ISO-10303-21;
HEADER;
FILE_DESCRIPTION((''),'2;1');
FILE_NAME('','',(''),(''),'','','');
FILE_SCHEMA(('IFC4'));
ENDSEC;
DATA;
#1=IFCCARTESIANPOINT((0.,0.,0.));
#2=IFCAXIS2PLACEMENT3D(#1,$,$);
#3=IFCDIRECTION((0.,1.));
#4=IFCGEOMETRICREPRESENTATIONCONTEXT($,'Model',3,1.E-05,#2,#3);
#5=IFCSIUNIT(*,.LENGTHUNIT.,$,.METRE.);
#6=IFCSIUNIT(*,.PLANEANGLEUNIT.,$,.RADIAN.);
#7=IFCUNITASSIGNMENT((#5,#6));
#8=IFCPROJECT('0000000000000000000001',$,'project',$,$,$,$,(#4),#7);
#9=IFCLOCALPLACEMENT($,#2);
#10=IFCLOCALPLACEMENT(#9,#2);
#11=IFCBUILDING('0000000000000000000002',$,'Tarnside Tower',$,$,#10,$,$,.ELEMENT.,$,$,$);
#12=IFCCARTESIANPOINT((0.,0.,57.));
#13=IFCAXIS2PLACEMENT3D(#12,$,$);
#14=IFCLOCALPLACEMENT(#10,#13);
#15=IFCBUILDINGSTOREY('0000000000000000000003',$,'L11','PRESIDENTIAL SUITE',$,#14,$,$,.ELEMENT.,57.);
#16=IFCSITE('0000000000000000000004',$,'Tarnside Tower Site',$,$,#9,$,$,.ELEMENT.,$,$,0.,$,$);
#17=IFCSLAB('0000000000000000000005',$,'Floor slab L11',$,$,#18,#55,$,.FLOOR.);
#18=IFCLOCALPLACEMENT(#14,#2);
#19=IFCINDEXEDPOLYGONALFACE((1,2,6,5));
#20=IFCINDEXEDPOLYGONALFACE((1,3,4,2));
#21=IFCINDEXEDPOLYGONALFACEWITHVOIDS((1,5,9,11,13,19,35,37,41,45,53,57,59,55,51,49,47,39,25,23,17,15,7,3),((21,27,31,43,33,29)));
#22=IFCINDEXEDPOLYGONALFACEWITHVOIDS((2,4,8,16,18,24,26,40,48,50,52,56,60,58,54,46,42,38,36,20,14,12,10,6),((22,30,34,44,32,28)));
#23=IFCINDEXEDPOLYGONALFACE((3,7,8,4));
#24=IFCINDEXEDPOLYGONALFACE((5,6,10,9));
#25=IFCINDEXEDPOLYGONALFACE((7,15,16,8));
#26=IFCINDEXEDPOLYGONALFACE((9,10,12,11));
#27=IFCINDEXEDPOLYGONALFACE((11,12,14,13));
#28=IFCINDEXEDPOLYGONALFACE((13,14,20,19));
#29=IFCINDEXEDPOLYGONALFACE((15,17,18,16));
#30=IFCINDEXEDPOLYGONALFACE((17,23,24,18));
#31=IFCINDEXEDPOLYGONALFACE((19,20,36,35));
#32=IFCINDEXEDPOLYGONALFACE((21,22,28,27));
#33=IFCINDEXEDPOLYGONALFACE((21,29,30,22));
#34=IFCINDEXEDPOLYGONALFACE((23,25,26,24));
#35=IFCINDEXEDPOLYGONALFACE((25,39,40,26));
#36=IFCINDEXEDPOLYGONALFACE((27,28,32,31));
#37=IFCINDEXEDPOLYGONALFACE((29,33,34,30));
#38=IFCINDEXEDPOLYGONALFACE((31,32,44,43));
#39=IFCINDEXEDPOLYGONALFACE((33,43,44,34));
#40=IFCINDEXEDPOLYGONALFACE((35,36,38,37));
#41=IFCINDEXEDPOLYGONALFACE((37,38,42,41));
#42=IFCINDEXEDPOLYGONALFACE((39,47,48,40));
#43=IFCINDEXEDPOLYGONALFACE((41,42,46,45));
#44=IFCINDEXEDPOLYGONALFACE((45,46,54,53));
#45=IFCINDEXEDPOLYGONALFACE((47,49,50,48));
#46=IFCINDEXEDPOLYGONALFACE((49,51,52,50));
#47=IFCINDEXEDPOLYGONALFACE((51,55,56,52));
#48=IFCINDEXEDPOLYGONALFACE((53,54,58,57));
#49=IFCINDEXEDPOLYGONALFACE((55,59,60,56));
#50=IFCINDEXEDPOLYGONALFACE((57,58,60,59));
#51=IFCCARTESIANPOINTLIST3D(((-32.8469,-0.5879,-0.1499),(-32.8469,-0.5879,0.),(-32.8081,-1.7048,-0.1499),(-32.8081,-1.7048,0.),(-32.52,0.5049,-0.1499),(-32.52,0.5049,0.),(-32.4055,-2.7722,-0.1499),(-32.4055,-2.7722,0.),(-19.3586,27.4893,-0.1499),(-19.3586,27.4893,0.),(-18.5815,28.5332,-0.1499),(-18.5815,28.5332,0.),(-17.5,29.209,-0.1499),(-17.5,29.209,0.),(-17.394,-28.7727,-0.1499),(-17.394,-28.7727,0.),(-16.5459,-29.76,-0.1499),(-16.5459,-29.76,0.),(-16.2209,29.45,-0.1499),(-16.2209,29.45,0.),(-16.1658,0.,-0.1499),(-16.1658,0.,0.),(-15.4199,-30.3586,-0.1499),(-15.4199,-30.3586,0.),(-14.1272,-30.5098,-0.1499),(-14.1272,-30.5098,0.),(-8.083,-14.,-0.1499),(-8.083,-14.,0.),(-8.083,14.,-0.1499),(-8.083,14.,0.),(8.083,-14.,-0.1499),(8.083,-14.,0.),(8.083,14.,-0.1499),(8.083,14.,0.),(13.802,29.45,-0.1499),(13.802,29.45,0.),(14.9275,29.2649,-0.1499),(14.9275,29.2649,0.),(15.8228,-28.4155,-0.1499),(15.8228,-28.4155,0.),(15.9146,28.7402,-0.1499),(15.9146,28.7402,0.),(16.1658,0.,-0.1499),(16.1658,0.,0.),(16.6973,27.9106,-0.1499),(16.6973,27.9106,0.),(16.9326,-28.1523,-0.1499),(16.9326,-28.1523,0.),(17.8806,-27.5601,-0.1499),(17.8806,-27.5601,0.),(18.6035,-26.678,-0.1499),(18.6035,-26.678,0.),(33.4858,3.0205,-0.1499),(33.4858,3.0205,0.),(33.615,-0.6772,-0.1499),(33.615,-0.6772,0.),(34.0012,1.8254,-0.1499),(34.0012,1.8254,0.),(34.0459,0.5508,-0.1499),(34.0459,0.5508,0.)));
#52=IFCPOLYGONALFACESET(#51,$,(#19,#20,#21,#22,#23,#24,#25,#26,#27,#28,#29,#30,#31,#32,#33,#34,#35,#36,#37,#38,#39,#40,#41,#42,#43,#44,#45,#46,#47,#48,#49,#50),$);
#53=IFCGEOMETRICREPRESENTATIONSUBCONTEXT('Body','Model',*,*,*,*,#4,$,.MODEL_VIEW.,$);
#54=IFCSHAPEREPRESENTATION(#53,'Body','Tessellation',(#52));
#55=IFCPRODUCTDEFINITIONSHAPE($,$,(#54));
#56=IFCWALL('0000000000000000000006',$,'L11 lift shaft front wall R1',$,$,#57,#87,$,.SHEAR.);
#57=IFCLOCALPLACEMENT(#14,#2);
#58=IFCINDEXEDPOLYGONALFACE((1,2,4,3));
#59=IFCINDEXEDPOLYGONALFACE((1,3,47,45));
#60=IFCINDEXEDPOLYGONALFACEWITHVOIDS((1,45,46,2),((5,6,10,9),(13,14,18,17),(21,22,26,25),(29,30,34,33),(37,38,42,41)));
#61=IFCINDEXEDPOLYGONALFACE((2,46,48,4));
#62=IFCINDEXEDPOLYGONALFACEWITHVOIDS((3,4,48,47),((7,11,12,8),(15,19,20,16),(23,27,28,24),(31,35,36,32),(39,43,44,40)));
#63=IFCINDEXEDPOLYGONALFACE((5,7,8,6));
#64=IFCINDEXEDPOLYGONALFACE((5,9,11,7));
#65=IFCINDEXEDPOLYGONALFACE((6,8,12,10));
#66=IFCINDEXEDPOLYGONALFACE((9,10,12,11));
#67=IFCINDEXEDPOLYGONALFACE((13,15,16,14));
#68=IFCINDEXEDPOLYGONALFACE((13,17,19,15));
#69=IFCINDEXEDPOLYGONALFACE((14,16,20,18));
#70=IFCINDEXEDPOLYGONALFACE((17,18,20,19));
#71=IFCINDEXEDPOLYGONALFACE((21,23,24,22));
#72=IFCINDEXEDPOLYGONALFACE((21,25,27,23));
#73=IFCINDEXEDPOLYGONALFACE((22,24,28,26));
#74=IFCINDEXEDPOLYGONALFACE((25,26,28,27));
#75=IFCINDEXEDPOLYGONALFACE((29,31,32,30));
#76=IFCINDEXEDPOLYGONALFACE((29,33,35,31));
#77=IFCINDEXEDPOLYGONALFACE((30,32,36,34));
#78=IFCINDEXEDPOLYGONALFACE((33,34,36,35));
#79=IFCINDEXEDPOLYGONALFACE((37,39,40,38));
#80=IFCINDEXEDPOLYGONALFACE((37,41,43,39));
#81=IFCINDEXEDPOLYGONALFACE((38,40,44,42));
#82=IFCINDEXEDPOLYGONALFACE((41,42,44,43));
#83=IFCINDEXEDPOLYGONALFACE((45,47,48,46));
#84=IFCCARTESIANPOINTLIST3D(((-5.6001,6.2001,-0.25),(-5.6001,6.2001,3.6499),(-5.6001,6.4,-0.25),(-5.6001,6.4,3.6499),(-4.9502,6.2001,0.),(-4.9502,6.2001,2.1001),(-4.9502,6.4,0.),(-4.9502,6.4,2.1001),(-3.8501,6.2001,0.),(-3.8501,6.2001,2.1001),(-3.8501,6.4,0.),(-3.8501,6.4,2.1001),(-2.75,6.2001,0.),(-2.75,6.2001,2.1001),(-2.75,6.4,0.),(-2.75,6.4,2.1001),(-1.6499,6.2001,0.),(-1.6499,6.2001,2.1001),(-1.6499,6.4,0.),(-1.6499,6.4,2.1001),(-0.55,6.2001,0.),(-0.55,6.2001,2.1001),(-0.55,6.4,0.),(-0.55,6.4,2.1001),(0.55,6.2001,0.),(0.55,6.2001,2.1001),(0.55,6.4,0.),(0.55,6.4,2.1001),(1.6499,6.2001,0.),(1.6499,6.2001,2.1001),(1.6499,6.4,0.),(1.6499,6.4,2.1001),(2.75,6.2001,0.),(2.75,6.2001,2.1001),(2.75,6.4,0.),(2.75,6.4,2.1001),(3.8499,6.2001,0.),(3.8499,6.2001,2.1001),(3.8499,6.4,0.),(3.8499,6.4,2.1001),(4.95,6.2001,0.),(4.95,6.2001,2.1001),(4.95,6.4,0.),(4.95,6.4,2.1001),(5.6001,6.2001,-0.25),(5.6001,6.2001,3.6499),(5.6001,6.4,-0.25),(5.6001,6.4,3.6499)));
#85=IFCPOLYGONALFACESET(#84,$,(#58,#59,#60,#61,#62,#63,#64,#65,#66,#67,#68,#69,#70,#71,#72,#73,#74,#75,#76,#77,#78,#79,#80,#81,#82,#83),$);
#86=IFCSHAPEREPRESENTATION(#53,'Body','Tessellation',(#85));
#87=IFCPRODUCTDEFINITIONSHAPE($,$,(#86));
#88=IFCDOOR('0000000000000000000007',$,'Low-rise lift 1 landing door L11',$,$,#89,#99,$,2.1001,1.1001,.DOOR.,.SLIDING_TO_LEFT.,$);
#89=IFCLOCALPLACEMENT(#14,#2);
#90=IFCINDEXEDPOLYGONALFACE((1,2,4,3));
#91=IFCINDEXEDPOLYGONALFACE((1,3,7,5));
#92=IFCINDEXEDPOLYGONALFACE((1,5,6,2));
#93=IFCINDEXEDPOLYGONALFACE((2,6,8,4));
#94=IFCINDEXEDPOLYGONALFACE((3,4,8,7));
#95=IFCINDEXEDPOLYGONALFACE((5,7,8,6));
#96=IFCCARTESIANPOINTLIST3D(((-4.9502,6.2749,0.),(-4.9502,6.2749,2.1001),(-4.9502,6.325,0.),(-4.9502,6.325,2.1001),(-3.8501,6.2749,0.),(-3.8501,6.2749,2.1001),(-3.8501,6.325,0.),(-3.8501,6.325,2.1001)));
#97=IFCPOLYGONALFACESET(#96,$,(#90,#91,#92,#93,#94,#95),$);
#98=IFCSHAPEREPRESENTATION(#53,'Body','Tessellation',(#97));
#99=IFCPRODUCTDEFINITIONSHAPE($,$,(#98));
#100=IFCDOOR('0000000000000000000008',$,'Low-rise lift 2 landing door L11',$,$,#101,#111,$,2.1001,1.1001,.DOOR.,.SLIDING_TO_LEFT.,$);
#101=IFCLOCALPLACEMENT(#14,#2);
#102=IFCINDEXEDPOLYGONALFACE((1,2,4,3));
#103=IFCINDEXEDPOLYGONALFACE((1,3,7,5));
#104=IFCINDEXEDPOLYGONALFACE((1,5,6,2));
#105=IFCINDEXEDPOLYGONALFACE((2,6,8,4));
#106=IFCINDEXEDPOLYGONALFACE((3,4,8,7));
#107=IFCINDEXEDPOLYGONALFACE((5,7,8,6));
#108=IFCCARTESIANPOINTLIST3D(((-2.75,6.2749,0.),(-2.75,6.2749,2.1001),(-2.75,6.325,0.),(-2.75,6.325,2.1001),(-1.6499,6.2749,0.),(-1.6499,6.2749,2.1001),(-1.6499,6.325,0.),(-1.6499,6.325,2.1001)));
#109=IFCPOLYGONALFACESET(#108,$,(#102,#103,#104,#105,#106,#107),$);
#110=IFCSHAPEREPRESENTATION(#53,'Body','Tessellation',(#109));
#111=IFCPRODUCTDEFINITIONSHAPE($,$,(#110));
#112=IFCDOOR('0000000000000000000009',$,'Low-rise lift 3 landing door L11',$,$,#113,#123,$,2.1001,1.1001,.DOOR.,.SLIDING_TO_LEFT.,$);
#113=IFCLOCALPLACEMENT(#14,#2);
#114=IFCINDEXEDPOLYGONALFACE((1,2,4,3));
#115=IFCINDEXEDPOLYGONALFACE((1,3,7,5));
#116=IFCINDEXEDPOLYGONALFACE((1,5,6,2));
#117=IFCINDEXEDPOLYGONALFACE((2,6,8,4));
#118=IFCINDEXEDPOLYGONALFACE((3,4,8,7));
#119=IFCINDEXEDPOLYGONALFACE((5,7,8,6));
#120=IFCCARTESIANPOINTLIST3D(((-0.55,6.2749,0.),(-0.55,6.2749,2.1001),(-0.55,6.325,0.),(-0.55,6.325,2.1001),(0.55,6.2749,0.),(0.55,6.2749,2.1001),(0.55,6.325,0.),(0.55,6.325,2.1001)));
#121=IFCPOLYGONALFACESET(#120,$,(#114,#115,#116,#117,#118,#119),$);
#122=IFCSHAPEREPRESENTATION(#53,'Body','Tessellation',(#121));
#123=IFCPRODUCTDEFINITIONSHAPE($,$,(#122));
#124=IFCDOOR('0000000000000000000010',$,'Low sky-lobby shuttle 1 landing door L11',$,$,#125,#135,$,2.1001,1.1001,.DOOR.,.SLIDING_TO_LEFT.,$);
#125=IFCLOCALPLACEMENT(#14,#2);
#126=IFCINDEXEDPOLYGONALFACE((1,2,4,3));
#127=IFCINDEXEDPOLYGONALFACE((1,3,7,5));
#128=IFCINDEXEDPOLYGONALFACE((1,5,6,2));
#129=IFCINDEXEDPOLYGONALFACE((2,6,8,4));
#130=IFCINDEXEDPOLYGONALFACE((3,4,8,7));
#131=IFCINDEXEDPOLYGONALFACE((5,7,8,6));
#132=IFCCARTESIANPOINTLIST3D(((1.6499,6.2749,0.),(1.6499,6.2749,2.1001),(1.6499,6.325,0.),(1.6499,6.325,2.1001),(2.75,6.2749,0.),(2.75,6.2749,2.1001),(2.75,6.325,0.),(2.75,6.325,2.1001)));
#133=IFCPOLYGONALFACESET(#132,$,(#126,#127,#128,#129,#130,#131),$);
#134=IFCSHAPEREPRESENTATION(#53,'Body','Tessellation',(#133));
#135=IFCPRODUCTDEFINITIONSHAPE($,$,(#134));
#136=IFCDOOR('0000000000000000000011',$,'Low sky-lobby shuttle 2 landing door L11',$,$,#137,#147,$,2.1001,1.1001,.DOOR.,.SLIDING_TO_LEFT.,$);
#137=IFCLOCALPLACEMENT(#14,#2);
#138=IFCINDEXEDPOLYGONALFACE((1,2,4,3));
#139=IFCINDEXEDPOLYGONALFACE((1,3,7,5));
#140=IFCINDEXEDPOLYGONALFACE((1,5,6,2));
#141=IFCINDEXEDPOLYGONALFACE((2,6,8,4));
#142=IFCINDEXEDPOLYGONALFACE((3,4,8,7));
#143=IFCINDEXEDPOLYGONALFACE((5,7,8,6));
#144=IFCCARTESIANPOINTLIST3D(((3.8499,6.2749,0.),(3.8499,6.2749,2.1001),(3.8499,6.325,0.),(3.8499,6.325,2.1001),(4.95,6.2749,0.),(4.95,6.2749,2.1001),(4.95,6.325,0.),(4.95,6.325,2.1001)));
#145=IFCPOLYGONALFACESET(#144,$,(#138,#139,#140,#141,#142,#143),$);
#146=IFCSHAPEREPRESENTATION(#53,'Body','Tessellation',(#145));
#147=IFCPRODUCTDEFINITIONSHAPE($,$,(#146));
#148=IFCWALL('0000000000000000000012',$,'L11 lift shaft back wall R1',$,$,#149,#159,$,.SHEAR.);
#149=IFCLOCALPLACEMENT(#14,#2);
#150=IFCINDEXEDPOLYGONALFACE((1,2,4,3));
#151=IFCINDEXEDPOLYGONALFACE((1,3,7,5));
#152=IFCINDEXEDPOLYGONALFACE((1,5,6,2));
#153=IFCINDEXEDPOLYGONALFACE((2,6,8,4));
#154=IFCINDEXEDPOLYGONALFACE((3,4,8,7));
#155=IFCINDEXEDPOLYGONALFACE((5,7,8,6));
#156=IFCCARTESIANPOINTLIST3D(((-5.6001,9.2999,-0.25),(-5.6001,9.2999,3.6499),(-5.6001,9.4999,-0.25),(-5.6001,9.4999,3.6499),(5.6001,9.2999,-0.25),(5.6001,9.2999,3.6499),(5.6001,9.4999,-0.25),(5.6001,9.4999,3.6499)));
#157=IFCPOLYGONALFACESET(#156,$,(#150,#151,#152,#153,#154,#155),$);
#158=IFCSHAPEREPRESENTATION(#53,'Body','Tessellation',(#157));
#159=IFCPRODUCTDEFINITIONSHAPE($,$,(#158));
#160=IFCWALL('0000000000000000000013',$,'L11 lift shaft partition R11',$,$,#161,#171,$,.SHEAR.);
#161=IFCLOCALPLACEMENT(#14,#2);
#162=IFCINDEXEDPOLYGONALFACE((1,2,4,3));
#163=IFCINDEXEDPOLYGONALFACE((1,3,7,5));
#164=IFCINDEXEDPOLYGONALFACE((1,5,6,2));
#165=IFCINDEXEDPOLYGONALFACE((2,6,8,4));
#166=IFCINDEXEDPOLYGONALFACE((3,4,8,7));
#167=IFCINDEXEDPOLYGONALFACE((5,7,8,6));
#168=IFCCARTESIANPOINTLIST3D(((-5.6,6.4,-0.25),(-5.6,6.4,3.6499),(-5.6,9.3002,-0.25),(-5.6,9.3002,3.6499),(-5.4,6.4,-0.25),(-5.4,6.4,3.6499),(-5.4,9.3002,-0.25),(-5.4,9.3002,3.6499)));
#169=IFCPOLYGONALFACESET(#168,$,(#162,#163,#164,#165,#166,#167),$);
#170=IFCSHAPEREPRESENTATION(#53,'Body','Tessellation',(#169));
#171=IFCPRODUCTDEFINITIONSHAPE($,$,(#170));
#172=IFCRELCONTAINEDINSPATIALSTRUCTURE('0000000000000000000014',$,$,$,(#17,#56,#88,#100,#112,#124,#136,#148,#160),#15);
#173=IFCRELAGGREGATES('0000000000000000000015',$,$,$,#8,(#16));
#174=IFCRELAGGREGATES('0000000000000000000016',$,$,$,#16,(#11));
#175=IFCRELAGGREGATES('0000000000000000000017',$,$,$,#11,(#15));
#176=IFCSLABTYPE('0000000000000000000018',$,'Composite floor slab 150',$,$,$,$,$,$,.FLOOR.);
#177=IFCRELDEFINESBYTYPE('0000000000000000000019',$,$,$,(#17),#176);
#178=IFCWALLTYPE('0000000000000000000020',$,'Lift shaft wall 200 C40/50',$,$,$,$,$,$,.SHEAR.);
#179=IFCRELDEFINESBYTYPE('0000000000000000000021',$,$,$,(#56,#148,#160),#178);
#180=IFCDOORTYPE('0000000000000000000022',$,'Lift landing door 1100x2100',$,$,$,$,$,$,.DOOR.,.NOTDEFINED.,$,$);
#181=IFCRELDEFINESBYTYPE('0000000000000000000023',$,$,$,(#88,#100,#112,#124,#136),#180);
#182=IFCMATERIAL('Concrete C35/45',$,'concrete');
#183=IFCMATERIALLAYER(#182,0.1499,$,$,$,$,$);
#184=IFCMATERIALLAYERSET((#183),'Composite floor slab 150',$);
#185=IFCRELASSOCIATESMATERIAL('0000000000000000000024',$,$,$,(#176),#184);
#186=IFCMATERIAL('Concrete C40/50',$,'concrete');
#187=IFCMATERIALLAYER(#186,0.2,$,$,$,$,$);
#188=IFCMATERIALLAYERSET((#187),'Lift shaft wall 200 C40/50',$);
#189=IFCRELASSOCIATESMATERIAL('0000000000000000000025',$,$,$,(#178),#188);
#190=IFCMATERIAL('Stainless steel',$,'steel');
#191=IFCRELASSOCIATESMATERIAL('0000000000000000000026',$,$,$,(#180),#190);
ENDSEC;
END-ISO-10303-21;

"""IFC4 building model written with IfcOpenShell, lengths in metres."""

from ifc_helpers import new_model, si_unit, direction, frame, frame_2d, origin, place, context, subcontext, project, spatial, polyline, rectangle, outline, extrude, material, layer, layer_set, type_object, element, fill, save


model = new_model("IFC4")

# Units and contexts
model_context = context("Model", 3, precision=1e-05, world=origin(), true_north=direction((0.0, 1.0)))
body_context = subcontext(model_context, "Body", "Model", "MODEL_VIEW")
ifc_project = project(units=[si_unit("LENGTHUNIT", "METRE"), si_unit("PLANEANGLEUNIT", "RADIAN")], contexts=[model_context])

# Site, building, storey
site_placement = place(None, origin())
site = spatial("IfcSite", under=ifc_project, at=site_placement, Name="Tarnside Tower Site", CompositionType="ELEMENT", RefElevation=0.0)
building_placement = place(site_placement, origin())
building = spatial("IfcBuilding", under=site, at=building_placement, Name="Tarnside Tower", CompositionType="ELEMENT")
storey_placement = place(building_placement, frame((0.0, 0.0, 57.0)))
storey = spatial("IfcBuildingStorey", under=building, at=storey_placement, Name="L11", Description="PRESIDENTIAL SUITE", CompositionType="ELEMENT", Elevation=57.0)

# Slab
ifc_material_1 = material(Name="Concrete C35/45", Category="concrete")
ifc_layer_1 = layer(ifc_material_1, 0.1499)
ifc_layer_set_1 = layer_set([ifc_layer_1], Name="Composite floor slab 150")
slab_type = type_object("IfcSlabType", Name="Composite floor slab 150", PredefinedType="FLOOR", material=ifc_layer_set_1)
slab_placement = place(storey_placement, frame((0.0, 0.0, -0.1499)))
element("IfcSlab", 1, at=slab_placement, inside=storey, type_object=slab_type, Name="Floor slab L11", PredefinedType="FLOOR", context=body_context, shape_type="SweptSolid", body=[
    extrude(outline(polyline([(14.9275, 29.2649), (15.9146, 28.7402), (16.6973, 27.9106), (33.4858, 3.0205), (34.0012, 1.8254), (34.0459, 0.5508), (33.615, -0.6772), (18.6035, -26.678), (17.8806, -27.5601), (16.9326, -28.1523), (15.8228, -28.4155), (-14.1272, -30.5098), (-15.4199, -30.3586), (-16.5459, -29.76), (-17.394, -28.7727), (-32.4055, -2.7722), (-32.8081, -1.7048), (-32.8469, -0.5879), (-32.52, 0.5049), (-19.3586, 27.4893), (-18.5815, 28.5332), (-17.5, 29.209), (-16.2209, 29.45), (13.802, 29.45), (14.9275, 29.2649)]), holes=[polyline([(-16.1658, 0.0), (-8.083, -14.0), (8.083, -14.0), (16.1658, 0.0), (8.083, 14.0), (-8.083, 14.0), (-16.1658, 0.0)])]), origin(), (0.0, 0.0, 1.0), 0.1499),
])

# Wall, openings, doors
ifc_material_2 = material(Name="Concrete C40/50", Category="concrete")
ifc_layer_2 = layer(ifc_material_2, 0.2)
ifc_layer_set_2 = layer_set([ifc_layer_2], Name="Lift shaft wall 200 C40/50")
wall_type = type_object("IfcWallType", Name="Lift shaft wall 200 C40/50", PredefinedType="SHEAR", material=ifc_layer_set_2)
wall_1_placement = place(storey_placement, frame((-5.6001, 6.3, -0.25), z_axis=(0.0, 0.0, 1.0), x_axis=(1.0, 0.0, 0.0)))
wall_1 = element("IfcWall", 2, at=wall_1_placement, inside=storey, type_object=wall_type, Name="L11 lift shaft front wall R1", PredefinedType="SHEAR", context=body_context, shape_type="SweptSolid", body=[
    extrude(rectangle(XDim=11.2002, YDim=0.2, at=frame_2d((5.6001, 0.0))), origin(), (0.0, 0.0, 1.0), 3.8999),
])
opening_1_placement = place(wall_1_placement, frame((0.6499, 0.0, 0.25)))
opening_1 = element("IfcOpeningElement", 3, at=opening_1_placement, cuts=wall_1, PredefinedType="OPENING", context=body_context, shape_type="SweptSolid", body=[
    extrude(rectangle(XDim=1.1001, YDim=2.1001, at=frame_2d((0.55, 1.05))), frame((0.0, 0.1099, 0.0), z_axis=(0.0, -1.0, 0.0), x_axis=(1.0, 0.0, 0.0)), (0.0, 0.0, 1.0), 0.22),
])
opening_2_placement = place(wall_1_placement, frame((2.8501, 0.0, 0.25)))
opening_2 = element("IfcOpeningElement", 4, at=opening_2_placement, cuts=wall_1, PredefinedType="OPENING", context=body_context, shape_type="SweptSolid", body=[
    extrude(rectangle(XDim=1.1001, YDim=2.1001, at=frame_2d((0.55, 1.05))), frame((0.0, 0.1099, 0.0), z_axis=(0.0, -1.0, 0.0), x_axis=(1.0, 0.0, 0.0)), (0.0, 0.0, 1.0), 0.22),
])
opening_3_placement = place(wall_1_placement, frame((5.05, 0.0, 0.25)))
opening_3 = element("IfcOpeningElement", 5, at=opening_3_placement, cuts=wall_1, PredefinedType="OPENING", context=body_context, shape_type="SweptSolid", body=[
    extrude(rectangle(XDim=1.1001, YDim=2.1001, at=frame_2d((0.55, 1.05))), frame((0.0, 0.1099, 0.0), z_axis=(0.0, -1.0, 0.0), x_axis=(1.0, 0.0, 0.0)), (0.0, 0.0, 1.0), 0.22),
])
opening_4_placement = place(wall_1_placement, frame((7.25, 0.0, 0.25)))
opening_4 = element("IfcOpeningElement", 6, at=opening_4_placement, cuts=wall_1, PredefinedType="OPENING", context=body_context, shape_type="SweptSolid", body=[
    extrude(rectangle(XDim=1.1001, YDim=2.1001, at=frame_2d((0.55, 1.05))), frame((0.0, 0.1099, 0.0), z_axis=(0.0, -1.0, 0.0), x_axis=(1.0, 0.0, 0.0)), (0.0, 0.0, 1.0), 0.22),
])
opening_5_placement = place(wall_1_placement, frame((9.45, 0.0, 0.25)))
opening_5 = element("IfcOpeningElement", 7, at=opening_5_placement, cuts=wall_1, PredefinedType="OPENING", context=body_context, shape_type="SweptSolid", body=[
    extrude(rectangle(XDim=1.1001, YDim=2.1001, at=frame_2d((0.55, 1.05))), frame((0.0, 0.1099, 0.0), z_axis=(0.0, -1.0, 0.0), x_axis=(1.0, 0.0, 0.0)), (0.0, 0.0, 1.0), 0.22),
])
ifc_material_3 = material(Name="Stainless steel", Category="steel")
door_type = type_object("IfcDoorType", Name="Lift landing door 1100x2100", OperationType="NOTDEFINED", PredefinedType="DOOR", material=ifc_material_3)
door_1_placement = place(opening_1_placement, origin())
door_1 = element("IfcDoor", 8, at=door_1_placement, inside=storey, type_object=door_type, Name="Low-rise lift 1 landing door L11", OperationType="SLIDING_TO_LEFT", OverallHeight=2.1001, OverallWidth=1.1001, PredefinedType="DOOR", context=body_context, shape_type="SweptSolid", body=[
    extrude(rectangle(XDim=1.1001, YDim=2.1001, at=frame_2d((0.55, 1.05))), frame((0.0, 0.0249, 0.0), z_axis=(0.0, -1.0, 0.0), x_axis=(1.0, 0.0, 0.0)), (0.0, 0.0, 1.0), 0.05),
])
fill(opening_1, door_1)
door_2_placement = place(opening_2_placement, origin())
door_2 = element("IfcDoor", 9, at=door_2_placement, inside=storey, type_object=door_type, Name="Low-rise lift 2 landing door L11", OperationType="SLIDING_TO_LEFT", OverallHeight=2.1001, OverallWidth=1.1001, PredefinedType="DOOR", context=body_context, shape_type="SweptSolid", body=[
    extrude(rectangle(XDim=1.1001, YDim=2.1001, at=frame_2d((0.55, 1.05))), frame((0.0, 0.0249, 0.0), z_axis=(0.0, -1.0, 0.0), x_axis=(1.0, 0.0, 0.0)), (0.0, 0.0, 1.0), 0.05),
])
fill(opening_2, door_2)
door_3_placement = place(opening_3_placement, origin())
door_3 = element("IfcDoor", 10, at=door_3_placement, inside=storey, type_object=door_type, Name="Low-rise lift 3 landing door L11", OperationType="SLIDING_TO_LEFT", OverallHeight=2.1001, OverallWidth=1.1001, PredefinedType="DOOR", context=body_context, shape_type="SweptSolid", body=[
    extrude(rectangle(XDim=1.1001, YDim=2.1001, at=frame_2d((0.55, 1.05))), frame((0.0, 0.0249, 0.0), z_axis=(0.0, -1.0, 0.0), x_axis=(1.0, 0.0, 0.0)), (0.0, 0.0, 1.0), 0.05),
])
fill(opening_3, door_3)
door_4_placement = place(opening_4_placement, origin())
door_4 = element("IfcDoor", 11, at=door_4_placement, inside=storey, type_object=door_type, Name="Low sky-lobby shuttle 1 landing door L11", OperationType="SLIDING_TO_LEFT", OverallHeight=2.1001, OverallWidth=1.1001, PredefinedType="DOOR", context=body_context, shape_type="SweptSolid", body=[
    extrude(rectangle(XDim=1.1001, YDim=2.1001, at=frame_2d((0.55, 1.05))), frame((0.0, 0.0249, 0.0), z_axis=(0.0, -1.0, 0.0), x_axis=(1.0, 0.0, 0.0)), (0.0, 0.0, 1.0), 0.05),
])
fill(opening_4, door_4)
door_5_placement = place(opening_5_placement, origin())
door_5 = element("IfcDoor", 12, at=door_5_placement, inside=storey, type_object=door_type, Name="Low sky-lobby shuttle 2 landing door L11", OperationType="SLIDING_TO_LEFT", OverallHeight=2.1001, OverallWidth=1.1001, PredefinedType="DOOR", context=body_context, shape_type="SweptSolid", body=[
    extrude(rectangle(XDim=1.1001, YDim=2.1001, at=frame_2d((0.55, 1.05))), frame((0.0, 0.0249, 0.0), z_axis=(0.0, -1.0, 0.0), x_axis=(1.0, 0.0, 0.0)), (0.0, 0.0, 1.0), 0.05),
])
fill(opening_5, door_5)

# Walls
wall_2_placement = place(storey_placement, frame((-5.6001, 9.3999, -0.25), z_axis=(0.0, 0.0, 1.0), x_axis=(1.0, 0.0, 0.0)))
element("IfcWall", 13, at=wall_2_placement, inside=storey, type_object=wall_type, Name="L11 lift shaft back wall R1", PredefinedType="SHEAR", context=body_context, shape_type="SweptSolid", body=[
    extrude(rectangle(XDim=11.2002, YDim=0.2, at=frame_2d((5.6001, 0.0))), origin(), (0.0, 0.0, 1.0), 3.8999),
])
for number, where, z_axis, x_axis, name in (
    (14, (-5.5, 6.3999, -0.25), (0.0, 0.0, 1.0), (0.0, 1.0, 0.0), "L11 lift shaft partition R11"),
):
    element("IfcWall", number, at=place(storey_placement, frame(where, z_axis=z_axis, x_axis=x_axis)), inside=storey, type_object=wall_type, Name=name, PredefinedType="SHEAR", context=body_context, shape_type="SweptSolid", body=[
        extrude(rectangle(XDim=2.9001, YDim=0.2, at=frame_2d((1.4502, 0.0))), origin(), (0.0, 0.0, 1.0), 3.8999),
    ])

save(model, "model.ifc")
